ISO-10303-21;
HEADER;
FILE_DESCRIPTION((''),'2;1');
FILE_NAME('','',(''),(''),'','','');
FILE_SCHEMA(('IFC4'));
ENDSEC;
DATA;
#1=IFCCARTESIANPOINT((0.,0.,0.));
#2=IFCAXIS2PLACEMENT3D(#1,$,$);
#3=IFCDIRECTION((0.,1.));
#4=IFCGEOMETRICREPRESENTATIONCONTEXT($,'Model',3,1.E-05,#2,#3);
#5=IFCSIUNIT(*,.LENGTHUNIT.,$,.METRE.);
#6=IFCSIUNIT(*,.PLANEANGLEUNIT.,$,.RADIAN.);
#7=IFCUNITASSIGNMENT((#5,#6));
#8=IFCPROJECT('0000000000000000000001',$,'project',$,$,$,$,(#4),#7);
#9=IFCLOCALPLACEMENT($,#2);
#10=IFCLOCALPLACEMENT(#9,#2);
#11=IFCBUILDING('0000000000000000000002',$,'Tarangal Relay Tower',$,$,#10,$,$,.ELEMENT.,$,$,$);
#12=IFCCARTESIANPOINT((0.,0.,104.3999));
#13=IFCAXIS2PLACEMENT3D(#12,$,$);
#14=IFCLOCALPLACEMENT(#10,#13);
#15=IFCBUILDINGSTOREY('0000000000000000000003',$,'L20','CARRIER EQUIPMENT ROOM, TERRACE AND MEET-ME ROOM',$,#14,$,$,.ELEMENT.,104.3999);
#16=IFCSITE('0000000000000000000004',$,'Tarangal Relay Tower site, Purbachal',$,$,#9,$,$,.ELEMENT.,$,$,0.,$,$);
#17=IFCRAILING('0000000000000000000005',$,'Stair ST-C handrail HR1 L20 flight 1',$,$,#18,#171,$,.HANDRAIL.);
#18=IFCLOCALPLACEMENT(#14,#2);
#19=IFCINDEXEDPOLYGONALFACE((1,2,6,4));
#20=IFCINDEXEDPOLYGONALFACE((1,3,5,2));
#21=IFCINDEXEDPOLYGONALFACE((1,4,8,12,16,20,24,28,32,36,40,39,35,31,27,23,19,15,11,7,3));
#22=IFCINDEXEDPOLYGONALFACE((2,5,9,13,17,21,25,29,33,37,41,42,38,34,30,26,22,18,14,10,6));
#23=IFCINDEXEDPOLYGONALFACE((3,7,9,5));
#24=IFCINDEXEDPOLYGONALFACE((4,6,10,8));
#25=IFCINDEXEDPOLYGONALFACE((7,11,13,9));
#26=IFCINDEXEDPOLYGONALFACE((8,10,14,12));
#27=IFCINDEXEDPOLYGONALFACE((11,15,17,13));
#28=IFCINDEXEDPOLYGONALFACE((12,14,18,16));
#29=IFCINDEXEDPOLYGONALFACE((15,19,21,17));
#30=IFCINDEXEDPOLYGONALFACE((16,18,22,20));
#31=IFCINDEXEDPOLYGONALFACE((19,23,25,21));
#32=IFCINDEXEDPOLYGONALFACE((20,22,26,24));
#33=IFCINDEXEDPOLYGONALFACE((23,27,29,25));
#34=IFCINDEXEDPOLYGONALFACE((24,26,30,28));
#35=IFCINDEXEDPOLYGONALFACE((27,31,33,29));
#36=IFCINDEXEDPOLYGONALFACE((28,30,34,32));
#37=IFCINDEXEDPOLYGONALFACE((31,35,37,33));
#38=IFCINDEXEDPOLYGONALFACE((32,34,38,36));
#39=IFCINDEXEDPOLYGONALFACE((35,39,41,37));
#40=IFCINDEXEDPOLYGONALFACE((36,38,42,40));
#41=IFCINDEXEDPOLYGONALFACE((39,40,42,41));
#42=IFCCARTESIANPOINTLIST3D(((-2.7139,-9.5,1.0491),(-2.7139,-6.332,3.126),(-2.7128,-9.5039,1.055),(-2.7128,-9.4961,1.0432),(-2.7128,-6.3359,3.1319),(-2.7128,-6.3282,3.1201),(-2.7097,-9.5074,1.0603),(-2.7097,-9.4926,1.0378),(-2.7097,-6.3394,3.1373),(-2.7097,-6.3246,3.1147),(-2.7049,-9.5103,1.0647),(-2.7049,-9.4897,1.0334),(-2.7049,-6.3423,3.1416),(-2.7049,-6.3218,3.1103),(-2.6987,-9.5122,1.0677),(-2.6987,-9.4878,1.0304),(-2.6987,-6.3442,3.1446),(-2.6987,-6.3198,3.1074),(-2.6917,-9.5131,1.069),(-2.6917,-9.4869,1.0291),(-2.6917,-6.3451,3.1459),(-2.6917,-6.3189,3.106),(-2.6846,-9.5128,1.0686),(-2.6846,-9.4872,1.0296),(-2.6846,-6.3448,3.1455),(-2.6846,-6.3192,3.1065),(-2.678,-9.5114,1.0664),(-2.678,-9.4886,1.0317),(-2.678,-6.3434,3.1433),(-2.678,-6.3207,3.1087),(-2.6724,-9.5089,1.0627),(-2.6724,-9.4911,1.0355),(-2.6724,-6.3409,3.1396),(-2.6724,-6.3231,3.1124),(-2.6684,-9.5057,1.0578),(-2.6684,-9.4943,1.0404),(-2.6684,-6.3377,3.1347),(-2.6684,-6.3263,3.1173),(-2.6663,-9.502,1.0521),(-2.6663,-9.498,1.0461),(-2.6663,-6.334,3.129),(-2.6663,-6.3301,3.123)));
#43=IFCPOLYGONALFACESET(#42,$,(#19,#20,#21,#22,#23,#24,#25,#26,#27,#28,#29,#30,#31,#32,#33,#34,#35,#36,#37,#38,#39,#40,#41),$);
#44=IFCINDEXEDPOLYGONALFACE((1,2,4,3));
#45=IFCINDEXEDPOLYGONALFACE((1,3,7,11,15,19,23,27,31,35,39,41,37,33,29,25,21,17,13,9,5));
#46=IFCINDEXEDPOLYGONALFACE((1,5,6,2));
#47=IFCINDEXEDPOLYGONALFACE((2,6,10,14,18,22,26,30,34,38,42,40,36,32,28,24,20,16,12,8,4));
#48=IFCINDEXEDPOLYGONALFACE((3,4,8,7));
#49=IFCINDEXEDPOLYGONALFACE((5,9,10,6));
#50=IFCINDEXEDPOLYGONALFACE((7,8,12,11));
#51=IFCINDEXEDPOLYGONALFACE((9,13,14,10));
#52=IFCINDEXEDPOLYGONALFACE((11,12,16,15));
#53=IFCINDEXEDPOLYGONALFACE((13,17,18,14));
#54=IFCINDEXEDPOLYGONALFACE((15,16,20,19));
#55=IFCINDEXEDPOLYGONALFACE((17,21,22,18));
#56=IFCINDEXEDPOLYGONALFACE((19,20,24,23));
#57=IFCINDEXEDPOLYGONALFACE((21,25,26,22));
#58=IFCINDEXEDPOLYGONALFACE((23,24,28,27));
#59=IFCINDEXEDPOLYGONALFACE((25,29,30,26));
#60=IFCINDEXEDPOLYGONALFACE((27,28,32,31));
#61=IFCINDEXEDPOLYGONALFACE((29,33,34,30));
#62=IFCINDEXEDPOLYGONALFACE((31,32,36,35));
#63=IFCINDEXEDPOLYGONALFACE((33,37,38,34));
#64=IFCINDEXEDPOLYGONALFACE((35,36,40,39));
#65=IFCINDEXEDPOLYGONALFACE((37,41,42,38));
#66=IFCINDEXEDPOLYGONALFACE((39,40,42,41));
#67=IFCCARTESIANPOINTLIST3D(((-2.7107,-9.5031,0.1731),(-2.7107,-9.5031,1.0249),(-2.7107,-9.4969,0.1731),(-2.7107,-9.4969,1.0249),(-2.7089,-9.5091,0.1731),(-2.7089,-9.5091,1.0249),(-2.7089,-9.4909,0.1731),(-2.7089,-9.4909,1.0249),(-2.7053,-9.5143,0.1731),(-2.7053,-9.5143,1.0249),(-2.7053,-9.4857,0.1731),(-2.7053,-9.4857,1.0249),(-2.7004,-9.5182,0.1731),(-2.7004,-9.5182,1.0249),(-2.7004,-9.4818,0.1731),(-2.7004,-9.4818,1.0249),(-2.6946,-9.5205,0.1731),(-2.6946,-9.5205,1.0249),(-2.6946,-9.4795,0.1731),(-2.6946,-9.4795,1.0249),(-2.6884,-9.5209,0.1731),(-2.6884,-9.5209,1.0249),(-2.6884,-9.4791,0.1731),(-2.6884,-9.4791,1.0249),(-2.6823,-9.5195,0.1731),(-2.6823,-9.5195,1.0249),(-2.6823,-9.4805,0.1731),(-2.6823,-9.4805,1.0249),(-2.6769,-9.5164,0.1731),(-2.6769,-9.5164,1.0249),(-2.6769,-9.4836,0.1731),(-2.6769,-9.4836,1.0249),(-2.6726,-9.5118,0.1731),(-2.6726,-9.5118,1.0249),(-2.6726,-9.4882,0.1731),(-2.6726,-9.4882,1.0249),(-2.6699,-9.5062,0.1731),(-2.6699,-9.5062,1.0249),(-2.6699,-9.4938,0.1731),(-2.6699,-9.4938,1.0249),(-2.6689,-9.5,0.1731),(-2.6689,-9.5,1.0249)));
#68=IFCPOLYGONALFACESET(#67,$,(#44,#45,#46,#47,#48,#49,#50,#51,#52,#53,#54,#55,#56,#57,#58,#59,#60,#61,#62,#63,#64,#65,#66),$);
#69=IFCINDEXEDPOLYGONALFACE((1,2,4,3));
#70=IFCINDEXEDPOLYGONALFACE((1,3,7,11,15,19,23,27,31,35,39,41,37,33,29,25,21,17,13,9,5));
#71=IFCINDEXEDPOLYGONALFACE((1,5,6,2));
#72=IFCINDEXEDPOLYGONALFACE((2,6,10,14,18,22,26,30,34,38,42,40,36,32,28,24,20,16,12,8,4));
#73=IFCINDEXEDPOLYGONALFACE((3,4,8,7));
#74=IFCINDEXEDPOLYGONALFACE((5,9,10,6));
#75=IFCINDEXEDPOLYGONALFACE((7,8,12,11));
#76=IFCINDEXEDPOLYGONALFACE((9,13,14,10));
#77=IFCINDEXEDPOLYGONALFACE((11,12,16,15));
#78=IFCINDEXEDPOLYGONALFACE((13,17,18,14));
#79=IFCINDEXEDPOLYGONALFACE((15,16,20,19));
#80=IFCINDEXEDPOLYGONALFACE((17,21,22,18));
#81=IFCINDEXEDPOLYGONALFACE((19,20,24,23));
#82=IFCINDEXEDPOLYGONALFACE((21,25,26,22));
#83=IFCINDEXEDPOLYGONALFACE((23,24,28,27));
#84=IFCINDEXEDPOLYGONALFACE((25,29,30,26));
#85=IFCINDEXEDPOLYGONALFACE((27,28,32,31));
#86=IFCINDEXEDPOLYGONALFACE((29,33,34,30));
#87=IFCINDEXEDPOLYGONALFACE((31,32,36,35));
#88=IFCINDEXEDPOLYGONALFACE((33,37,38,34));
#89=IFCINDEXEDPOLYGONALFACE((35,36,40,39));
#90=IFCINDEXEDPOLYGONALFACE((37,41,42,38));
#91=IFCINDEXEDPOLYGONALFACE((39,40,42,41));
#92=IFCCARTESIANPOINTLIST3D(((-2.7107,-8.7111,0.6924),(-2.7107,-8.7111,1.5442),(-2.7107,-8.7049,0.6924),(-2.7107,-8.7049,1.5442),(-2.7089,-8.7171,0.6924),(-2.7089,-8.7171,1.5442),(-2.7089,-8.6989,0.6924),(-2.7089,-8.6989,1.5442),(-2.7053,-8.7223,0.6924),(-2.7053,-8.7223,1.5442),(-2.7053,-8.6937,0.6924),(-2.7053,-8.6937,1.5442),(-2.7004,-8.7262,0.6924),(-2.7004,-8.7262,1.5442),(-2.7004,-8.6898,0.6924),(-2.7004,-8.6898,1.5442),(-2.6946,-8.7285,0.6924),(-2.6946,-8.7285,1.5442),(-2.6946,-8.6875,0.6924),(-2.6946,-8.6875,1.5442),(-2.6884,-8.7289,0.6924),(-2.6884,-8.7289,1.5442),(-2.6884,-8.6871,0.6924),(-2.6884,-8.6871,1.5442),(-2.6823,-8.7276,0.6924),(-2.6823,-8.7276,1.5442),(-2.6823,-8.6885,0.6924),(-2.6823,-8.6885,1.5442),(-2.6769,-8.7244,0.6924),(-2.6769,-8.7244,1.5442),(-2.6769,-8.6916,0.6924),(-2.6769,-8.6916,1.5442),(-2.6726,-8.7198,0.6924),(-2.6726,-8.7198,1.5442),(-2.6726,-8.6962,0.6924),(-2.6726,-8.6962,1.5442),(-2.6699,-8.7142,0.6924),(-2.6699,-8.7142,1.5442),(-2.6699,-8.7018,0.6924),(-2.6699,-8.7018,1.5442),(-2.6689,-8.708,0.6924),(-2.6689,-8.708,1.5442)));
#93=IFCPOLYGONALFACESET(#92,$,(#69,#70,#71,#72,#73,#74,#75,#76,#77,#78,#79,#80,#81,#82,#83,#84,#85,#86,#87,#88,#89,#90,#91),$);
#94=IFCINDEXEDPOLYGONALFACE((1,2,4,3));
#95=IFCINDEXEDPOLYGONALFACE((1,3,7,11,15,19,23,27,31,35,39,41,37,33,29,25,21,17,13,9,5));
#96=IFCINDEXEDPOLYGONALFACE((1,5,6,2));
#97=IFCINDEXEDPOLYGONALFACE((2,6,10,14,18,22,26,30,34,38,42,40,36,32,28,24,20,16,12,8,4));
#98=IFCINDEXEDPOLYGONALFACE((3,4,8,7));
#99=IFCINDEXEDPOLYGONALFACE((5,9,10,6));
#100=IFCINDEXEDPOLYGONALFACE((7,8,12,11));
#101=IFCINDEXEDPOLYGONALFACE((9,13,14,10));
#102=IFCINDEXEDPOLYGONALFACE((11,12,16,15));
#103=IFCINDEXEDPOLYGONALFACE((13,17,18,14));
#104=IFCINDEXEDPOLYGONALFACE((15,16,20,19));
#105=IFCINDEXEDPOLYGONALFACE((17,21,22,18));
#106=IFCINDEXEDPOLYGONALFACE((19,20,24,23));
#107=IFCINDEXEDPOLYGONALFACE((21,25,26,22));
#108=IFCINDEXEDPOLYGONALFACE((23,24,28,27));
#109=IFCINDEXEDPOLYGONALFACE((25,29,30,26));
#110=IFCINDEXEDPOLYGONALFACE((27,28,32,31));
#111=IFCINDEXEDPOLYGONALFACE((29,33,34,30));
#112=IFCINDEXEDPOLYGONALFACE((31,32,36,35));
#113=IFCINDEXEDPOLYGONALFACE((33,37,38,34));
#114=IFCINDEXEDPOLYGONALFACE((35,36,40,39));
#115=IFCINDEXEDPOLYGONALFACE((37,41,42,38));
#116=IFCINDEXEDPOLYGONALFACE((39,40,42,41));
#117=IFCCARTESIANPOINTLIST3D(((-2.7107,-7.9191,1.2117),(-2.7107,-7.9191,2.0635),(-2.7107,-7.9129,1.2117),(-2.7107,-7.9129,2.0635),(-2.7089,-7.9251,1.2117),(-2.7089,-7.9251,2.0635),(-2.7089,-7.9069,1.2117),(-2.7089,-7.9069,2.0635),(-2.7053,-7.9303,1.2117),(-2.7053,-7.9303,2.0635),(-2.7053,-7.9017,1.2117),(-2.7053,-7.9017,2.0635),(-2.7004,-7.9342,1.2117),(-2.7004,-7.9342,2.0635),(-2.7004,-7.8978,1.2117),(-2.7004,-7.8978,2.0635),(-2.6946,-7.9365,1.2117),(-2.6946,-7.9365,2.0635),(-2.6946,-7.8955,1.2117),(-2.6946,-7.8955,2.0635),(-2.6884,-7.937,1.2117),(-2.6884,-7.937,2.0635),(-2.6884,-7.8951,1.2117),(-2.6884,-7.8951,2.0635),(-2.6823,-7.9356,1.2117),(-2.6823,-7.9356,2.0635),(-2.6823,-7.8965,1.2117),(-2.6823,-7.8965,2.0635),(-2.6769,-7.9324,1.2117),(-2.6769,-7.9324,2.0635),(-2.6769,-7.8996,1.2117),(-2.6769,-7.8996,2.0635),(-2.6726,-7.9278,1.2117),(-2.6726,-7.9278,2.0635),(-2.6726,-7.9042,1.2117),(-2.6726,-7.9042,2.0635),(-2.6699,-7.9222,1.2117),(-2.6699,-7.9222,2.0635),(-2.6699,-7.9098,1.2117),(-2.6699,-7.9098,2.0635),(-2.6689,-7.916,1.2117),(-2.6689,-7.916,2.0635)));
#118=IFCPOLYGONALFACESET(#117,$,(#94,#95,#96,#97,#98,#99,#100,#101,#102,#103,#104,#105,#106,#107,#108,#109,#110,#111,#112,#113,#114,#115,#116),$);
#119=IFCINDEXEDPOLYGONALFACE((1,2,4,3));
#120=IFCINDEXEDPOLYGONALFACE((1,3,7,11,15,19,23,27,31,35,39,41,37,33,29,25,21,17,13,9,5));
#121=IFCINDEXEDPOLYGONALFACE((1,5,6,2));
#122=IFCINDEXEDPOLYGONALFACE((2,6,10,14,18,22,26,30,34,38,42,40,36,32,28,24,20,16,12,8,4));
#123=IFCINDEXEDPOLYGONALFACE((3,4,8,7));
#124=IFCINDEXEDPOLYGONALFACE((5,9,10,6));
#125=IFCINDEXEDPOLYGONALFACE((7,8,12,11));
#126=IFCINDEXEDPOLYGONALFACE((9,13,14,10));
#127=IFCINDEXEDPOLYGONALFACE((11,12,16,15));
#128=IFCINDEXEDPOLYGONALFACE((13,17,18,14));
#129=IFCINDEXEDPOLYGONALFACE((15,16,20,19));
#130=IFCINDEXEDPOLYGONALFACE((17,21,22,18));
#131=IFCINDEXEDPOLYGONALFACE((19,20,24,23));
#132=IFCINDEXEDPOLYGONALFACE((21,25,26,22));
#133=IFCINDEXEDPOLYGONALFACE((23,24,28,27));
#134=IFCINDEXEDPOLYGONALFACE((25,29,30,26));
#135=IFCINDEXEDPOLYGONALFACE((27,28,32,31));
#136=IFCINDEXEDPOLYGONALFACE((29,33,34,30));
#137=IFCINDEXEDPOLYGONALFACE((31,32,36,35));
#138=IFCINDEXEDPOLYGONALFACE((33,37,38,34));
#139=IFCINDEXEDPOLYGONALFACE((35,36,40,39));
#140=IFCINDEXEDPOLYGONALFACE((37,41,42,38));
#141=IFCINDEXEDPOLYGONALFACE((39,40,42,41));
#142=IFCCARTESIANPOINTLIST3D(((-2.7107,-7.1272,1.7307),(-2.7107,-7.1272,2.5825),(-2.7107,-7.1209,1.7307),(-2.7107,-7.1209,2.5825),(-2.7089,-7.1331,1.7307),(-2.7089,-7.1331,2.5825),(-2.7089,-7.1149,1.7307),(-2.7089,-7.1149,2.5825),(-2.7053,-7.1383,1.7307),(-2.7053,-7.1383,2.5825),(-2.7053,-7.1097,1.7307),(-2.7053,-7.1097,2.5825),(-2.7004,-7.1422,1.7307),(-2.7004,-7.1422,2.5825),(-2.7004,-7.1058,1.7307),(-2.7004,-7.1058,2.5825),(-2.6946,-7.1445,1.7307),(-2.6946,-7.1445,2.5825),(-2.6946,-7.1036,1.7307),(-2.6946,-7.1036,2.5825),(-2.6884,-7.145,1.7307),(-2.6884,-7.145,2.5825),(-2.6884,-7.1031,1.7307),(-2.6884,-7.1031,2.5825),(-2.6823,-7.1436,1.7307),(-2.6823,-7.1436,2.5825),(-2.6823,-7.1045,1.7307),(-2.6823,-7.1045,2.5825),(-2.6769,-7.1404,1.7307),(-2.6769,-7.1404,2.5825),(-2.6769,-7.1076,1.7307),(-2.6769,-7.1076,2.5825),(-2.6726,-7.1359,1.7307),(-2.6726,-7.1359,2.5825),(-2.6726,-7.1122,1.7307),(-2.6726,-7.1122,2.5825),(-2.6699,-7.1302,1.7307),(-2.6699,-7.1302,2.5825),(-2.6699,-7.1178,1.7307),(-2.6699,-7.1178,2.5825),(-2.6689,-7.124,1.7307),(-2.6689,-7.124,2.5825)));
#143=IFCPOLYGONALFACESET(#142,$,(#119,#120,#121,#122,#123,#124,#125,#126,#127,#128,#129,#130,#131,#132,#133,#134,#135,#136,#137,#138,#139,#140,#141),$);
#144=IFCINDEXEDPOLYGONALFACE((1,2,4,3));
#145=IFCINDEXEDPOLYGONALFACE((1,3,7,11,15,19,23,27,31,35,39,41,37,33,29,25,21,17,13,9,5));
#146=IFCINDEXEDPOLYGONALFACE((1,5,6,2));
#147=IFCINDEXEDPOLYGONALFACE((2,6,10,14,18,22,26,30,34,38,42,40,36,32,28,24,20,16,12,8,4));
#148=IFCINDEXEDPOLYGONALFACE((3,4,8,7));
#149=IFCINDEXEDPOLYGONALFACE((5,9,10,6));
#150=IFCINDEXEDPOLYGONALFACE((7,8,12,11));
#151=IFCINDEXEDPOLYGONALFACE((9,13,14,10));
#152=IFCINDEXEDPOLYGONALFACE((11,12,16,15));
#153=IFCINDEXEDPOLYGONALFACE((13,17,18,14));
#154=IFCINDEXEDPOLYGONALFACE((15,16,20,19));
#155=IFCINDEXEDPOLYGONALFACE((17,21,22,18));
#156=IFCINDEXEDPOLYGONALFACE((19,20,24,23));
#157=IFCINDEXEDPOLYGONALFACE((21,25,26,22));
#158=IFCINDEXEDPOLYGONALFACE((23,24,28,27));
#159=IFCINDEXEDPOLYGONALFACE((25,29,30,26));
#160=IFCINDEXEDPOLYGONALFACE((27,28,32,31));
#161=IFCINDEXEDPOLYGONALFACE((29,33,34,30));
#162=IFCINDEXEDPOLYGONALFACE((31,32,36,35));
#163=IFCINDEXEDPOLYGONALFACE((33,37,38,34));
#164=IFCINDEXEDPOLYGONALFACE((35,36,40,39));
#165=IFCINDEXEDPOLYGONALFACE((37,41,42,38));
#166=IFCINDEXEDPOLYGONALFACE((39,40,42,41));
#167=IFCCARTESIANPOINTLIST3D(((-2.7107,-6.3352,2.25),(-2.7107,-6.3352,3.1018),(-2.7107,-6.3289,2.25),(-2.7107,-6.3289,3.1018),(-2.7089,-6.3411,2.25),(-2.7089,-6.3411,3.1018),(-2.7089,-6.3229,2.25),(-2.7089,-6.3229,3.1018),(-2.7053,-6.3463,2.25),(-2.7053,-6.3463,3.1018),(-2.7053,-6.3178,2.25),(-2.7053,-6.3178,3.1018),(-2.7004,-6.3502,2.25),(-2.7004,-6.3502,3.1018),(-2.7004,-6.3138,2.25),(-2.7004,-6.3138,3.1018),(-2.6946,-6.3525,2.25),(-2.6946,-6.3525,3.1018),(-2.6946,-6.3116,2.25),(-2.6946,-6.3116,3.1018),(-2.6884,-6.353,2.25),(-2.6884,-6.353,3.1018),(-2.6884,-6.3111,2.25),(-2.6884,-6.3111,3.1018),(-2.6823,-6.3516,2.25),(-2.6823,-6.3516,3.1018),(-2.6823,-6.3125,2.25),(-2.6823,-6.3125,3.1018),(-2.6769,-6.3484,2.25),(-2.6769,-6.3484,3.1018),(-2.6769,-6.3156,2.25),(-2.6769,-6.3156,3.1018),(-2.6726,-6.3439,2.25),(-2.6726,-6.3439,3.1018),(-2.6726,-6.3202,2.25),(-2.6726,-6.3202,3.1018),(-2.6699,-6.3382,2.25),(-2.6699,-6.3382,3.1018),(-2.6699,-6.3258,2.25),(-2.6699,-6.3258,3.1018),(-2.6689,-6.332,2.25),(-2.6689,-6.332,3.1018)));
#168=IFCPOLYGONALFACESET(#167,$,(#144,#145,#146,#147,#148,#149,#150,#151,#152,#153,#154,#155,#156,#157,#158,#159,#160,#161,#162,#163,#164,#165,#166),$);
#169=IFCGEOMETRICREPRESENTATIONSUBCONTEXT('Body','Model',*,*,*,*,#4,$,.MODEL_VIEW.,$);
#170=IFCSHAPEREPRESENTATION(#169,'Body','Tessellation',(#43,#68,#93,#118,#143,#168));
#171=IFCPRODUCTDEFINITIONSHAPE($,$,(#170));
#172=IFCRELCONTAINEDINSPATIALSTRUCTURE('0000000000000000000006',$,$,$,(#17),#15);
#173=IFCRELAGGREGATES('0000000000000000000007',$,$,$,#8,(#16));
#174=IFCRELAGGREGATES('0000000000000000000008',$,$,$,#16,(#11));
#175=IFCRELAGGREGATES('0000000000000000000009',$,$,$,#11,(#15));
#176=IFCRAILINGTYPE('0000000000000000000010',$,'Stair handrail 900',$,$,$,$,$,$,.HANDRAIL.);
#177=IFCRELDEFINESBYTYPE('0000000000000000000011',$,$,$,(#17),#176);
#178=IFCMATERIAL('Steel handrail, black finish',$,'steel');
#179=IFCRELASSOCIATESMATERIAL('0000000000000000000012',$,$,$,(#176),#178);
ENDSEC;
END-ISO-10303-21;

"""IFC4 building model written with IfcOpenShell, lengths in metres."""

from ifc_helpers import new_model, si_unit, direction, frame, origin, origin_2d, place, context, subcontext, project, spatial, circle, extrude, material, type_object, element, save


model = new_model("IFC4")

# Units and contexts
model_context = context("Model", 3, precision=1e-05, world=origin(), true_north=direction((0.0, 1.0)))
body_context = subcontext(model_context, "Body", "Model", "MODEL_VIEW")
ifc_project = project(units=[si_unit("LENGTHUNIT", "METRE"), si_unit("PLANEANGLEUNIT", "RADIAN")], contexts=[model_context])

# Site, building, storey
site_placement = place(None, origin())
site = spatial("IfcSite", under=ifc_project, at=site_placement, Name="Tarangal Relay Tower site, Purbachal", CompositionType="ELEMENT", RefElevation=0.0)
building_placement = place(site_placement, origin())
building = spatial("IfcBuilding", under=site, at=building_placement, Name="Tarangal Relay Tower", CompositionType="ELEMENT")
storey_placement = place(building_placement, frame((0.0, 0.0, 104.3999)))
storey = spatial("IfcBuildingStorey", under=building, at=storey_placement, Name="L20", Description="CARRIER EQUIPMENT ROOM, TERRACE AND MEET-ME ROOM", CompositionType="ELEMENT", Elevation=104.3999)

# Railing
ifc_material_1 = material(Name="Steel handrail, black finish", Category="steel")
railing_type_1 = type_object("IfcRailingType", Name="Stair handrail 900", PredefinedType="HANDRAIL", material=ifc_material_1)
railing_1_placement = place(storey_placement, frame((-2.6899, -9.5, 0.1731)))
element("IfcRailing", 1, at=railing_1_placement, inside=storey, type_object=railing_type_1, Name="Stair ST-C handrail HR1 L20 flight 1", PredefinedType="HANDRAIL", context=body_context, shape_type="SweptSolid", body=[
    extrude(circle(Radius=0.0239, at=origin_2d()), frame((0.0, 0.0, 0.876), z_axis=(0.0, 0.836299, 0.548273), x_axis=(-1.0, 0.0, 0.0)), (0.0, 0.0, 1.0), 3.7881),
    extrude(circle(Radius=0.021, at=origin_2d()), origin(), (0.0, 0.0, 1.0), 0.8518),
    extrude(circle(Radius=0.021, at=origin_2d()), frame((0.0, 0.792, 0.5193)), (0.0, 0.0, 1.0), 0.8518),
    extrude(circle(Radius=0.021, at=origin_2d()), frame((0.0, 1.584, 1.0386)), (0.0, 0.0, 1.0), 0.8518),
    extrude(circle(Radius=0.021, at=origin_2d()), frame((0.0, 2.376, 1.5576)), (0.0, 0.0, 1.0), 0.8518),
    extrude(circle(Radius=0.021, at=origin_2d()), frame((0.0, 3.168, 2.0769)), (0.0, 0.0, 1.0), 0.8518),
])

save(model, "model.ifc")
